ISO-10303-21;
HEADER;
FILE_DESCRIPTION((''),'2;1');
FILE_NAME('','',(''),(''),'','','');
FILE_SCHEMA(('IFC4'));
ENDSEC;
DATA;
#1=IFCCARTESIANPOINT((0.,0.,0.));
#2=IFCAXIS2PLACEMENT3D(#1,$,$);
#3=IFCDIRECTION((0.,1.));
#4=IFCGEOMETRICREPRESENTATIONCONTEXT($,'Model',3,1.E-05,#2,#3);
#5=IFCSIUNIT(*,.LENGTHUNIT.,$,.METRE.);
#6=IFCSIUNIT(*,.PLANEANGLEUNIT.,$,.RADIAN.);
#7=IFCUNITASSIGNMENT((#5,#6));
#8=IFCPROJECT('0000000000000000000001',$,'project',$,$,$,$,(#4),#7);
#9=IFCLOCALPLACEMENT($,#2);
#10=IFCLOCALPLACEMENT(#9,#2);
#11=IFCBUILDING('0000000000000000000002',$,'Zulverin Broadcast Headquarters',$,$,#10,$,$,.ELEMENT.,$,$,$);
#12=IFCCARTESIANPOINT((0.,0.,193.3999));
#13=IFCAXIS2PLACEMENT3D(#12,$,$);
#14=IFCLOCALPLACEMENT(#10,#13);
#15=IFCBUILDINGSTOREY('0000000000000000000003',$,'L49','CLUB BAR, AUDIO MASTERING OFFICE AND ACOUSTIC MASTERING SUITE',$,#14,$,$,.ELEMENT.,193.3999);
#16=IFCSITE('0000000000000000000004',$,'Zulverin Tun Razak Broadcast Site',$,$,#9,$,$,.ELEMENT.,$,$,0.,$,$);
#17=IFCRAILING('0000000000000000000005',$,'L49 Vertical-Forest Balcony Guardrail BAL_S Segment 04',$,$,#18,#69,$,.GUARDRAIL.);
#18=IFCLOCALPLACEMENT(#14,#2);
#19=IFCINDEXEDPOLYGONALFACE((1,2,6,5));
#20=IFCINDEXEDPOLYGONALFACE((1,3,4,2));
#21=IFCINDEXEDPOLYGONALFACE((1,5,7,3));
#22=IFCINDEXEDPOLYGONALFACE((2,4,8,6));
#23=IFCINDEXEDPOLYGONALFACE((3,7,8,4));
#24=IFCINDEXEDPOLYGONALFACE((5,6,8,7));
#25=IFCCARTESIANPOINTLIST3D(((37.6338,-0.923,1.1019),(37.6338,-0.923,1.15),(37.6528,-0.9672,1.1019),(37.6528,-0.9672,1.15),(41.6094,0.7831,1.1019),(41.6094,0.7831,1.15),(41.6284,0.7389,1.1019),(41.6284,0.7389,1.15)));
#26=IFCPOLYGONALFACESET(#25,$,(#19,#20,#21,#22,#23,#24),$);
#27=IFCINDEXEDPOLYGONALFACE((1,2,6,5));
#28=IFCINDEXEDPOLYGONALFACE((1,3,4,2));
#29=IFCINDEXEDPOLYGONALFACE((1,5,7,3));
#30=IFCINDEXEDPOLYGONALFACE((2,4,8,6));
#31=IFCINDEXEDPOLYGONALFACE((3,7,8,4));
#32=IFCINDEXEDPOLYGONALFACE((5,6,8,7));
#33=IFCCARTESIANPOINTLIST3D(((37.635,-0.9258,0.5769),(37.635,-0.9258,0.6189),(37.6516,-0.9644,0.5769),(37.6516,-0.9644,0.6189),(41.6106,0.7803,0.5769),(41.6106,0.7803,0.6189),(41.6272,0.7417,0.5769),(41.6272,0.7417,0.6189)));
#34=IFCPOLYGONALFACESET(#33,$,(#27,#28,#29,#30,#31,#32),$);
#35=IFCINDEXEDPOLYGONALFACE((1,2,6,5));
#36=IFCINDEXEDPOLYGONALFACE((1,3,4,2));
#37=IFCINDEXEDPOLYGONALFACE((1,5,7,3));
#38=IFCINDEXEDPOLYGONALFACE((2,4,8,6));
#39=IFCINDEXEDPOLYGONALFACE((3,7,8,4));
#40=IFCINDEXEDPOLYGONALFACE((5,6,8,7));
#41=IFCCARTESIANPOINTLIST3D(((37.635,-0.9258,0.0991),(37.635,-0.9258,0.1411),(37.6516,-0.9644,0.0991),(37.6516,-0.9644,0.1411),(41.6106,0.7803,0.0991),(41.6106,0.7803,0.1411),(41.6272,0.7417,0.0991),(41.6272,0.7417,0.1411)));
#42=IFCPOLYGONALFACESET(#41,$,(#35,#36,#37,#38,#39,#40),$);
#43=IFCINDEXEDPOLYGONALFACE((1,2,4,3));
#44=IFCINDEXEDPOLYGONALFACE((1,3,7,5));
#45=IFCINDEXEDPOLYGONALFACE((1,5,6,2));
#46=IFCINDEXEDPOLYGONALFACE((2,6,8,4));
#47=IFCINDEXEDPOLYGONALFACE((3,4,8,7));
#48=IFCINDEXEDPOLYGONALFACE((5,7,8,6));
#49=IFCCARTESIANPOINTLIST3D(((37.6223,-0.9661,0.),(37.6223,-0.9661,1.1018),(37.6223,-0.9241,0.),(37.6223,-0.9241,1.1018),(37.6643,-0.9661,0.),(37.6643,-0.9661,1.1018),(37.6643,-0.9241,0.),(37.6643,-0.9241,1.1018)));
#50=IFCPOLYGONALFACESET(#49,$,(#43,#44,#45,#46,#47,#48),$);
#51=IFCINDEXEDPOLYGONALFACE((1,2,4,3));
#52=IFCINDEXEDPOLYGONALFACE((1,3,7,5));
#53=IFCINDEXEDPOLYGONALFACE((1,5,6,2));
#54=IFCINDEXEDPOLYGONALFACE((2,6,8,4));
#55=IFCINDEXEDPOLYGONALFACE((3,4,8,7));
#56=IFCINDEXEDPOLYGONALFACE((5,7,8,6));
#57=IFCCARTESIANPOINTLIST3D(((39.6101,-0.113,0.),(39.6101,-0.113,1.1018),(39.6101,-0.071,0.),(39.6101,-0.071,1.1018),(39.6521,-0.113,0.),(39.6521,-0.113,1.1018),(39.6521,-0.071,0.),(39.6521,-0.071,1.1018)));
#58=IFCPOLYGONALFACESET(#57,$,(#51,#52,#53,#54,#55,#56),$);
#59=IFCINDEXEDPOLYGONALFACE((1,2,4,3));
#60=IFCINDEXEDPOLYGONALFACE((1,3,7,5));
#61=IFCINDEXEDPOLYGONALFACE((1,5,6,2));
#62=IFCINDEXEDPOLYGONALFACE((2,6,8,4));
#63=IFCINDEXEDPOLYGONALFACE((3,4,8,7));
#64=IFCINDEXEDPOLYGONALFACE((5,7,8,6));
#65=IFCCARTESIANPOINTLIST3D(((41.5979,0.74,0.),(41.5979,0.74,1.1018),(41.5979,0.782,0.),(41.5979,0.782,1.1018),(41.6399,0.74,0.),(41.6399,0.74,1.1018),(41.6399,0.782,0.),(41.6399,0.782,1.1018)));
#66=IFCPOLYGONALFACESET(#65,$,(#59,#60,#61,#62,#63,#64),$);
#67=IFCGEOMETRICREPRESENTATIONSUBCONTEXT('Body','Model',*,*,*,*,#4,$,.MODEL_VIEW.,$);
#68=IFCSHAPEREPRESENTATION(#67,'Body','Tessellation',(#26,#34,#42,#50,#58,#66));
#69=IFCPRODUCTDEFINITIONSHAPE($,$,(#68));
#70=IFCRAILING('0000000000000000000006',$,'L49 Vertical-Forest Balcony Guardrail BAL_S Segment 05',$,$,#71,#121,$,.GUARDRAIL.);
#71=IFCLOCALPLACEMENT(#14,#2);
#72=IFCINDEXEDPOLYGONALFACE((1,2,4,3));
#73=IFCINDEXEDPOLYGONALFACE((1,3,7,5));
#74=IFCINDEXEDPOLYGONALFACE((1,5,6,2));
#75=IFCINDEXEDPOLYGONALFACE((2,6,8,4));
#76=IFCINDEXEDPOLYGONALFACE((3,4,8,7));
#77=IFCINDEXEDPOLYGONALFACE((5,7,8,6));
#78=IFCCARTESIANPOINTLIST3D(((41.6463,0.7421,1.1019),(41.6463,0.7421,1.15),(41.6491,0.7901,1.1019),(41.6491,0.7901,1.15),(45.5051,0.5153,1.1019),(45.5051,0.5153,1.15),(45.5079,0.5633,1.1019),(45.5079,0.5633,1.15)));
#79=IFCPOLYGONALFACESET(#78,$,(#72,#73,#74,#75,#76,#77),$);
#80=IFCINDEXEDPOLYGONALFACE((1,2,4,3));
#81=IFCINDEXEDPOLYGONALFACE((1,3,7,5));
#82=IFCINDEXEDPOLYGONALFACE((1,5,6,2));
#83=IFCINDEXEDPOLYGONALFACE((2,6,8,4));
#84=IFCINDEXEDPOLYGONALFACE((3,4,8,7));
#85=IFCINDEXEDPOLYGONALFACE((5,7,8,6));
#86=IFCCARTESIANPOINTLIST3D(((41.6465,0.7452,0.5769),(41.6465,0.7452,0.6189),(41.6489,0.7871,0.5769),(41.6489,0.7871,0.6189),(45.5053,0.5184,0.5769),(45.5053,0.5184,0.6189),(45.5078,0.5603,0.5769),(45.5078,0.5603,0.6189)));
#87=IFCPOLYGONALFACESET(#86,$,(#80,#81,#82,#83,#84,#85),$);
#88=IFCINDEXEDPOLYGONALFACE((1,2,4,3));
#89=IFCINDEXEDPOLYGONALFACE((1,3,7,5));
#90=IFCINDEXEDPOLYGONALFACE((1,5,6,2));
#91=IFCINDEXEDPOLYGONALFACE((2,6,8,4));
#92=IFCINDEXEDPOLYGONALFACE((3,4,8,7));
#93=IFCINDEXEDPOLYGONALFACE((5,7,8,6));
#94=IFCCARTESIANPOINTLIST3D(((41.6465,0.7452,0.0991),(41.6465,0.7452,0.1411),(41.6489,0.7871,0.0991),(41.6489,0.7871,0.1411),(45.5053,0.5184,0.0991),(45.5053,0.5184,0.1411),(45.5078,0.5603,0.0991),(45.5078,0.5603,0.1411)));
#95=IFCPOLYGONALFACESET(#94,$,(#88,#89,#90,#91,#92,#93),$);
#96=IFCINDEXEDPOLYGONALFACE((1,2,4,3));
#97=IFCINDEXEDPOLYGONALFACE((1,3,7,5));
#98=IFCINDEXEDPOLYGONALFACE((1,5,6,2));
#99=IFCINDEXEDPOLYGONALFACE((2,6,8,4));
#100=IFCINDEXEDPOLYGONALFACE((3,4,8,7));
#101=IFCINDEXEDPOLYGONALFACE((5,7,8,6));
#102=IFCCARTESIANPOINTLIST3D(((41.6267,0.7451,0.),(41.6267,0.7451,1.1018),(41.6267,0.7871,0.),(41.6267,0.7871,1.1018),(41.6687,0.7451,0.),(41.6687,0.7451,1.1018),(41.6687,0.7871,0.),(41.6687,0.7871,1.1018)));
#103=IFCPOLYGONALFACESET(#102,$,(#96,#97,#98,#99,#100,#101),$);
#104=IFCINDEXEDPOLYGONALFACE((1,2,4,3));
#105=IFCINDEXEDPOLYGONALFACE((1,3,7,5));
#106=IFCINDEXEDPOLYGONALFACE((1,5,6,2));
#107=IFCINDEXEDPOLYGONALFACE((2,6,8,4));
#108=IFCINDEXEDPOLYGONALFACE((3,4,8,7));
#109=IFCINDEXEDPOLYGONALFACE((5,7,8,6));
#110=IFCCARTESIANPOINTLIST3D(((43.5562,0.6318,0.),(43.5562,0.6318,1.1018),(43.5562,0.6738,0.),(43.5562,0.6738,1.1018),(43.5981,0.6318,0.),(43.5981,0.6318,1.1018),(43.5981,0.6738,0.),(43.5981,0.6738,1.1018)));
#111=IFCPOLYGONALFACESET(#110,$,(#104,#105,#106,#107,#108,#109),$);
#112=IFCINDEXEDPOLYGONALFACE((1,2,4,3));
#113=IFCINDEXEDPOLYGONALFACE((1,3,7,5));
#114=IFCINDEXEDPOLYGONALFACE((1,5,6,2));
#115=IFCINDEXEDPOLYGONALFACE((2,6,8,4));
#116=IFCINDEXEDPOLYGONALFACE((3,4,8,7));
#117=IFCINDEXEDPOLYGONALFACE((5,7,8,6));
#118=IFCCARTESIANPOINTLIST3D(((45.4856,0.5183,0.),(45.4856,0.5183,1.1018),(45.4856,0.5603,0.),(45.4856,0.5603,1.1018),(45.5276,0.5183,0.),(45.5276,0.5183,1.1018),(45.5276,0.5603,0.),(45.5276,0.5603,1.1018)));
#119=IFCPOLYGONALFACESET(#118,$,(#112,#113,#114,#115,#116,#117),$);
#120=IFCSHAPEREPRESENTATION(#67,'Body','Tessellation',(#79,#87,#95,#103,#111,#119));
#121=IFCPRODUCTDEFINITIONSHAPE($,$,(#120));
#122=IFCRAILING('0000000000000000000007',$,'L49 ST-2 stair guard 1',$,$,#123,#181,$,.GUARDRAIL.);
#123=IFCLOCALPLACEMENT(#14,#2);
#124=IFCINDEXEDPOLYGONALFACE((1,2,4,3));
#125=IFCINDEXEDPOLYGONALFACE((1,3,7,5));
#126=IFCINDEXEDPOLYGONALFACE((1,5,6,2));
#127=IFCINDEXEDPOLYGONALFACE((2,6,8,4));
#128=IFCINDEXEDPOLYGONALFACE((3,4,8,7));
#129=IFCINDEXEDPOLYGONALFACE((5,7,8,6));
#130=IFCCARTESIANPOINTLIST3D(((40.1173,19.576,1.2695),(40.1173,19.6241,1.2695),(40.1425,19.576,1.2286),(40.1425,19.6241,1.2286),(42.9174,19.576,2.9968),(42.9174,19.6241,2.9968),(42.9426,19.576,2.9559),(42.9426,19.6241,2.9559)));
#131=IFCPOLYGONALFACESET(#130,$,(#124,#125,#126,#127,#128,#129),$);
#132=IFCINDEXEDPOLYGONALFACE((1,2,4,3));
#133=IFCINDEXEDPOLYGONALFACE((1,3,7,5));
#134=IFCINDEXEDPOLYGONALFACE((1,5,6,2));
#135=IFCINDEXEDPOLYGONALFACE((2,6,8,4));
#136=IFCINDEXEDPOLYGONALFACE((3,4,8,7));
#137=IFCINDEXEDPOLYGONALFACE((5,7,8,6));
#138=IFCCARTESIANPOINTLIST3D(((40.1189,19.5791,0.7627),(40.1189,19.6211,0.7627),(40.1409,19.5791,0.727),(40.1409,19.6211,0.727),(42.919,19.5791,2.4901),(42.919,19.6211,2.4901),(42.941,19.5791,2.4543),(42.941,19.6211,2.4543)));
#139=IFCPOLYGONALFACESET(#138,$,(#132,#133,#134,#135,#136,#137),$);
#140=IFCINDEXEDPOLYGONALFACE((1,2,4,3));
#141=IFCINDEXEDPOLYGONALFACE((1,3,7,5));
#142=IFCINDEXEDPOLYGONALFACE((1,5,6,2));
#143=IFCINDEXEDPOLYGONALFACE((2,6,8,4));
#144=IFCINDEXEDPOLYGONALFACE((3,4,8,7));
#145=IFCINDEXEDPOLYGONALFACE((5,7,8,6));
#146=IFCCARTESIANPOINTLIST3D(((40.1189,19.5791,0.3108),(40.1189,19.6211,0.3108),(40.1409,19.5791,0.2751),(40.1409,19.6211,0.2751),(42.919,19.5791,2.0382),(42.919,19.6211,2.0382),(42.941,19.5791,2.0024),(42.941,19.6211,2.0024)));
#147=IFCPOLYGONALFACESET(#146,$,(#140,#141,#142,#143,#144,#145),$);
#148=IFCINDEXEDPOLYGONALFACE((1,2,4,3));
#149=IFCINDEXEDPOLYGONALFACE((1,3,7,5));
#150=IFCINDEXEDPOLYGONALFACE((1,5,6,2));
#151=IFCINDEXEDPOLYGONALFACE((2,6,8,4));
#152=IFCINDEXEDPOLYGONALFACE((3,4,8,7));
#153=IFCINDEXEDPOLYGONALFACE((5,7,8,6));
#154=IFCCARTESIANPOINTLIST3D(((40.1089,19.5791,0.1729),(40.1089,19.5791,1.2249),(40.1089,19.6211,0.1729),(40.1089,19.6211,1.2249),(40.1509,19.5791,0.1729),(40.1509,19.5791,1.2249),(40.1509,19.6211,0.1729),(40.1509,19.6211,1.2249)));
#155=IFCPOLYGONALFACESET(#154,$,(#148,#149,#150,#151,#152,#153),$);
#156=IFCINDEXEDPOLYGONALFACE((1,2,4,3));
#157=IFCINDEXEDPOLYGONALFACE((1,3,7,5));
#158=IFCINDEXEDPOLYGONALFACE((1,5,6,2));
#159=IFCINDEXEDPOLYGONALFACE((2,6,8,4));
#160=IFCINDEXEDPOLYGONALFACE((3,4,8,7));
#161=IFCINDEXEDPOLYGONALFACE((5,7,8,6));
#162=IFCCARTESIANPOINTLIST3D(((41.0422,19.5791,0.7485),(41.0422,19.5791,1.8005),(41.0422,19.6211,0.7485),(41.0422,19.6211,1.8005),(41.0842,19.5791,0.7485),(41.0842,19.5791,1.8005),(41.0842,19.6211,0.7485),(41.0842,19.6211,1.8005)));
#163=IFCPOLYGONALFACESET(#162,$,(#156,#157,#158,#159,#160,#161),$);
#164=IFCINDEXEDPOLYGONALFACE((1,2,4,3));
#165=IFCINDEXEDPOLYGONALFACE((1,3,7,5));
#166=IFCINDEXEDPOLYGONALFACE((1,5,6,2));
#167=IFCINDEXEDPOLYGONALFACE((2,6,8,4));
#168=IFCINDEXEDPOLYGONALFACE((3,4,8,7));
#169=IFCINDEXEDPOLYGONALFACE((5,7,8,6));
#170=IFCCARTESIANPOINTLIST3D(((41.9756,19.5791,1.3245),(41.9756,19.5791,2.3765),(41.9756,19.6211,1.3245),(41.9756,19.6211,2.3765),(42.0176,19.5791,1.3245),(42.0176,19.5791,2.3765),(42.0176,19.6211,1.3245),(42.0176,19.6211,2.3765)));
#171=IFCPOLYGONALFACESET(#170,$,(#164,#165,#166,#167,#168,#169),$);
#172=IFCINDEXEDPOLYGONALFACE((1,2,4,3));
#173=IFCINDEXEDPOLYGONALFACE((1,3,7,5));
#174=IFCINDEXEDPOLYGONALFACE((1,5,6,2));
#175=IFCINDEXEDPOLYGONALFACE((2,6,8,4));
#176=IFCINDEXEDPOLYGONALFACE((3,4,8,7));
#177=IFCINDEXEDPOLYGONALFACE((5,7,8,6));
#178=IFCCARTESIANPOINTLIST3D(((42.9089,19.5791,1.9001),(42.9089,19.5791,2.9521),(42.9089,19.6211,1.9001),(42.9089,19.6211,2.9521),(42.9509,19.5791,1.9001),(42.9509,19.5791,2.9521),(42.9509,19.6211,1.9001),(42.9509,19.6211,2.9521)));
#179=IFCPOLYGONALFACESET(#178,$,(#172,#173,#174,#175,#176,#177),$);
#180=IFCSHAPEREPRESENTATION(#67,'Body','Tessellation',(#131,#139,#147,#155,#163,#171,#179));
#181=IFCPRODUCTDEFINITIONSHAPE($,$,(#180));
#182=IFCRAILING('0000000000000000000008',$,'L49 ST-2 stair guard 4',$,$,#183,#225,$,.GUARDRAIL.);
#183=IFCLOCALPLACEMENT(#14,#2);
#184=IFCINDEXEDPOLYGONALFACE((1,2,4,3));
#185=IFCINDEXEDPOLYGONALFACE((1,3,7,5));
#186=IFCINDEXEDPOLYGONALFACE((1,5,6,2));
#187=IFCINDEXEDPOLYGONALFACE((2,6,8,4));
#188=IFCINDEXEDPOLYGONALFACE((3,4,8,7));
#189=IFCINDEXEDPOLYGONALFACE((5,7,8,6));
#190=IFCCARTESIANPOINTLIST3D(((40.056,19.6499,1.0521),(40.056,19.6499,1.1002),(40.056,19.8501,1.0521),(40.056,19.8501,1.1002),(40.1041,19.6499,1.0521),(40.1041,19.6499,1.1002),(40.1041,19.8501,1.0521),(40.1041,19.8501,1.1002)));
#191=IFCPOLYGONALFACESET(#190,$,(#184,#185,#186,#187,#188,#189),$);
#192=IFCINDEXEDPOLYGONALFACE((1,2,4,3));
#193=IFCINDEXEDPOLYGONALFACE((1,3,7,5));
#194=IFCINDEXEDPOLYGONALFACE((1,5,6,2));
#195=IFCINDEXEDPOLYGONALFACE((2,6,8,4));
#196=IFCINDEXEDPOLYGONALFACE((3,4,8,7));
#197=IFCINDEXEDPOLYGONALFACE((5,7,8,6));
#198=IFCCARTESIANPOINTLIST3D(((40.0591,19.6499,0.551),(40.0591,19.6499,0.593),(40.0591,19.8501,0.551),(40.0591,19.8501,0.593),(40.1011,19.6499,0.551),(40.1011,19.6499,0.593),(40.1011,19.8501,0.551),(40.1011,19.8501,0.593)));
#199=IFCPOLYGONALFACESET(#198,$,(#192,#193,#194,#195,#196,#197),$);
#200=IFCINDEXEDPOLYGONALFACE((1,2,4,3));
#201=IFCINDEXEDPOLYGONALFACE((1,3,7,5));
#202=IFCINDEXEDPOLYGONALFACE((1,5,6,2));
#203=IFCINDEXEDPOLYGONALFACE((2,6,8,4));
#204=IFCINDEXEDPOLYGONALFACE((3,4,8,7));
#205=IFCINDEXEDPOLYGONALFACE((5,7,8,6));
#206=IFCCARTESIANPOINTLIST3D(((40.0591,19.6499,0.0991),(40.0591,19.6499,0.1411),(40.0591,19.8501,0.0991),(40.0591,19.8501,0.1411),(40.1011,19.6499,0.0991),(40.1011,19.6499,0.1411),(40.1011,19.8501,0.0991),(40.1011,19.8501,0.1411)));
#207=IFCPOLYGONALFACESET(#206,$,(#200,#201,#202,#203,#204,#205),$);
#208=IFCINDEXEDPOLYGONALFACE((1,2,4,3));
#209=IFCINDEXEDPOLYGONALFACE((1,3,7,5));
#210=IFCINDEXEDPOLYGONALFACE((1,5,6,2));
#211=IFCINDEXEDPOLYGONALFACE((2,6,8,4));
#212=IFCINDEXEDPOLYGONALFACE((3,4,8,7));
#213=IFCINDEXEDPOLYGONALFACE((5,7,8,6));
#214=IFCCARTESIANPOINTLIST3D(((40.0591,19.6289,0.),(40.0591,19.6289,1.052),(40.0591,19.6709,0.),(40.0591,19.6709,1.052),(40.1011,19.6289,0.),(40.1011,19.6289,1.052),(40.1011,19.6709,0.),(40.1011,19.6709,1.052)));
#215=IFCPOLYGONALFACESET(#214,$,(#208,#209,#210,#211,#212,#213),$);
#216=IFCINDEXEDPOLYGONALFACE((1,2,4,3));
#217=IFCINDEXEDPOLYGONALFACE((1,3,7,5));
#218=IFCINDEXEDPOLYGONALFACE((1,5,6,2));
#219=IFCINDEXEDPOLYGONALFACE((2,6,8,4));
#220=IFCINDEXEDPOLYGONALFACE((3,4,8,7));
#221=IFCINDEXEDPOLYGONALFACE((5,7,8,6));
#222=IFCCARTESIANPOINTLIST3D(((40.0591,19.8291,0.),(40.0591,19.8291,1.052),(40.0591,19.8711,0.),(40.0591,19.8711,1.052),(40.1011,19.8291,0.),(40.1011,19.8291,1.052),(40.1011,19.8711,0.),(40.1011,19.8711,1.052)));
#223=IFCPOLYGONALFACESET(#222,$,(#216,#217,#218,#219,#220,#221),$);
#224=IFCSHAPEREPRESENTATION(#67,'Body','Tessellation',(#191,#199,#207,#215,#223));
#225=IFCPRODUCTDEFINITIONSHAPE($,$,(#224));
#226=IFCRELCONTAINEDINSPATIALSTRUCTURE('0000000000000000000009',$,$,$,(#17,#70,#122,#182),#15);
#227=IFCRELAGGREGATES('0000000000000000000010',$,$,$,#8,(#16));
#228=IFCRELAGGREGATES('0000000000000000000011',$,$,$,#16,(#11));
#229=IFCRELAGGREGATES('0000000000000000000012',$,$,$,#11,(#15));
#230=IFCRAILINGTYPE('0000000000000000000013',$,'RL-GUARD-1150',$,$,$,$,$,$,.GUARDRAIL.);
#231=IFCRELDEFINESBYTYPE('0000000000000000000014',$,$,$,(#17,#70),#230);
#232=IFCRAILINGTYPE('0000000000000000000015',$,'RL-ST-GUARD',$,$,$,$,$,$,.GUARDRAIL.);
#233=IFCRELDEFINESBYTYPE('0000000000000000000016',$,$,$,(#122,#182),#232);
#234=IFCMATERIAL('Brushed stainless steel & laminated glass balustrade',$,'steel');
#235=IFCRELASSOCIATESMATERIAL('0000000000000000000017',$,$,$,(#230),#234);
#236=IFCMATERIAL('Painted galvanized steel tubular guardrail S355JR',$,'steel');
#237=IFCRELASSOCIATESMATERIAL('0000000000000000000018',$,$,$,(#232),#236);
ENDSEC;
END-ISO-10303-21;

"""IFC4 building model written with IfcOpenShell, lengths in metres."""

from ifc_helpers import new_model, si_unit, direction, frame, origin, origin_2d, place, context, subcontext, project, spatial, rectangle, extrude, material, type_object, element, save


model = new_model("IFC4")

# Units and contexts
model_context = context("Model", 3, precision=1e-05, world=origin(), true_north=direction((0.0, 1.0)))
body_context = subcontext(model_context, "Body", "Model", "MODEL_VIEW")
ifc_project = project(units=[si_unit("LENGTHUNIT", "METRE"), si_unit("PLANEANGLEUNIT", "RADIAN")], contexts=[model_context])

# Site, building, storey
site_placement = place(None, origin())
site = spatial("IfcSite", under=ifc_project, at=site_placement, Name="Zulverin Tun Razak Broadcast Site", CompositionType="ELEMENT", RefElevation=0.0)
building_placement = place(site_placement, origin())
building = spatial("IfcBuilding", under=site, at=building_placement, Name="Zulverin Broadcast Headquarters", CompositionType="ELEMENT")
storey_placement = place(building_placement, frame((0.0, 0.0, 193.3999)))
storey = spatial("IfcBuildingStorey", under=building, at=storey_placement, Name="L49", Description="CLUB BAR, AUDIO MASTERING OFFICE AND ACOUSTIC MASTERING SUITE", CompositionType="ELEMENT", Elevation=193.3999)

# Railings
ifc_material_1 = material(Name="Brushed stainless steel & laminated glass balustrade", Category="steel")
railing_type_1 = type_object("IfcRailingType", Name="RL-GUARD-1150", PredefinedType="GUARDRAIL", material=ifc_material_1)
railing_1_placement = place(storey_placement, frame((37.6433, -0.9451, 0.0)))
element("IfcRailing", 1, at=railing_1_placement, inside=storey, type_object=railing_type_1, Name="L49 Vertical-Forest Balcony Guardrail BAL_S Segment 04", PredefinedType="GUARDRAIL", context=body_context, shape_type="SweptSolid", body=[
    extrude(rectangle(XDim=0.0481, YDim=0.0481, at=origin_2d()), frame((0.0, 0.0, 1.126), z_axis=(0.918958, 0.394355, 0.0), x_axis=(-0.394355, 0.918958, 0.0)), (0.0, 0.0, 1.0), 4.3262),
    extrude(rectangle(XDim=0.042, YDim=0.042, at=origin_2d()), frame((0.0, 0.0, 0.5979), z_axis=(0.918958, 0.394355, 0.0), x_axis=(-0.394355, 0.918958, 0.0)), (0.0, 0.0, 1.0), 4.3262),
    extrude(rectangle(XDim=0.042, YDim=0.042, at=origin_2d()), frame((0.0, 0.0, 0.1201), z_axis=(0.918958, 0.394355, 0.0), x_axis=(-0.394355, 0.918958, 0.0)), (0.0, 0.0, 1.0), 4.3262),
    extrude(rectangle(XDim=0.042, YDim=0.042, at=origin_2d()), origin(), (0.0, 0.0, 1.0), 1.1018),
    extrude(rectangle(XDim=0.042, YDim=0.042, at=origin_2d()), frame((1.9878, 0.853, 0.0)), (0.0, 0.0, 1.0), 1.1018),
    extrude(rectangle(XDim=0.042, YDim=0.042, at=origin_2d()), frame((3.9756, 1.7061, 0.0)), (0.0, 0.0, 1.0), 1.1018),
])
railing_2_placement = place(storey_placement, frame((41.6477, 0.7661, 0.0)))
element("IfcRailing", 2, at=railing_2_placement, inside=storey, type_object=railing_type_1, Name="L49 Vertical-Forest Balcony Guardrail BAL_S Segment 05", PredefinedType="GUARDRAIL", context=body_context, shape_type="SweptSolid", body=[
    extrude(rectangle(XDim=0.0481, YDim=0.0481, at=origin_2d()), frame((0.0, 0.0, 1.126), z_axis=(0.998277, -0.058674, 0.0), x_axis=(0.058674, 0.998277, 0.0)), (0.0, 0.0, 1.0), 3.8655),
    extrude(rectangle(XDim=0.042, YDim=0.042, at=origin_2d()), frame((0.0, 0.0, 0.5979), z_axis=(0.998277, -0.058674, 0.0), x_axis=(0.058674, 0.998277, 0.0)), (0.0, 0.0, 1.0), 3.8655),
    extrude(rectangle(XDim=0.042, YDim=0.042, at=origin_2d()), frame((0.0, 0.0, 0.1201), z_axis=(0.998277, -0.058674, 0.0), x_axis=(0.058674, 0.998277, 0.0)), (0.0, 0.0, 1.0), 3.8655),
    extrude(rectangle(XDim=0.042, YDim=0.042, at=origin_2d()), origin(), (0.0, 0.0, 1.0), 1.1018),
    extrude(rectangle(XDim=0.042, YDim=0.042, at=origin_2d()), frame((1.9294, -0.1133, 0.0)), (0.0, 0.0, 1.0), 1.1018),
    extrude(rectangle(XDim=0.042, YDim=0.042, at=origin_2d()), frame((3.8589, -0.2268, 0.0)), (0.0, 0.0, 1.0), 1.1018),
])
ifc_material_2 = material(Name="Painted galvanized steel tubular guardrail S355JR", Category="steel")
railing_type_2 = type_object("IfcRailingType", Name="RL-ST-GUARD", PredefinedType="GUARDRAIL", material=ifc_material_2)
railing_3_placement = place(storey_placement, frame((40.1299, 19.6001, 0.1729)))
element("IfcRailing", 3, at=railing_3_placement, inside=storey, type_object=railing_type_2, Name="L49 ST-2 stair guard 1", PredefinedType="GUARDRAIL", context=body_context, shape_type="SweptSolid", body=[
    extrude(rectangle(XDim=0.0481, YDim=0.0481, at=origin_2d()), frame((0.0, 0.0, 1.0762), z_axis=(0.85109, 0.0, 0.52502), x_axis=(0.0, 1.0, 0.0)), (0.0, 0.0, 1.0), 3.29),
    extrude(rectangle(XDim=0.042, YDim=0.042, at=origin_2d()), frame((0.0, 0.0, 0.572), z_axis=(0.85109, 0.0, 0.52502), x_axis=(0.0, 1.0, 0.0)), (0.0, 0.0, 1.0), 3.29),
    extrude(rectangle(XDim=0.042, YDim=0.042, at=origin_2d()), frame((0.0, 0.0, 0.1201), z_axis=(0.85109, 0.0, 0.52502), x_axis=(0.0, 1.0, 0.0)), (0.0, 0.0, 1.0), 3.29),
    extrude(rectangle(XDim=0.042, YDim=0.042, at=origin_2d()), origin(), (0.0, 0.0, 1.0), 1.052),
    extrude(rectangle(XDim=0.042, YDim=0.042, at=origin_2d()), frame((0.9333, 0.0, 0.5757)), (0.0, 0.0, 1.0), 1.052),
    extrude(rectangle(XDim=0.042, YDim=0.042, at=origin_2d()), frame((1.8667, 0.0, 1.1516)), (0.0, 0.0, 1.0), 1.052),
    extrude(rectangle(XDim=0.042, YDim=0.042, at=origin_2d()), frame((2.8, 0.0, 1.7273)), (0.0, 0.0, 1.0), 1.052),
])
railing_4_placement = place(storey_placement, frame((40.0801, 19.6499, 0.0)))
element("IfcRailing", 4, at=railing_4_placement, inside=storey, type_object=railing_type_2, Name="L49 ST-2 stair guard 4", PredefinedType="GUARDRAIL", context=body_context, shape_type="SweptSolid", body=[
    extrude(rectangle(XDim=0.0481, YDim=0.0481, at=origin_2d()), frame((0.0, 0.0, 1.0762), z_axis=(0.0, 1.0, 0.0), x_axis=(-1.0, 0.0, 0.0)), (0.0, 0.0, 1.0), 0.2002),
    extrude(rectangle(XDim=0.042, YDim=0.042, at=origin_2d()), frame((0.0, 0.0, 0.572), z_axis=(0.0, 1.0, 0.0), x_axis=(-1.0, 0.0, 0.0)), (0.0, 0.0, 1.0), 0.2002),
    extrude(rectangle(XDim=0.042, YDim=0.042, at=origin_2d()), frame((0.0, 0.0, 0.1201), z_axis=(0.0, 1.0, 0.0), x_axis=(-1.0, 0.0, 0.0)), (0.0, 0.0, 1.0), 0.2002),
    extrude(rectangle(XDim=0.042, YDim=0.042, at=origin_2d()), origin(), (0.0, 0.0, 1.0), 1.052),
    extrude(rectangle(XDim=0.042, YDim=0.042, at=origin_2d()), frame((0.0, 0.2002, 0.0)), (0.0, 0.0, 1.0), 1.052),
])

save(model, "model.ifc")
